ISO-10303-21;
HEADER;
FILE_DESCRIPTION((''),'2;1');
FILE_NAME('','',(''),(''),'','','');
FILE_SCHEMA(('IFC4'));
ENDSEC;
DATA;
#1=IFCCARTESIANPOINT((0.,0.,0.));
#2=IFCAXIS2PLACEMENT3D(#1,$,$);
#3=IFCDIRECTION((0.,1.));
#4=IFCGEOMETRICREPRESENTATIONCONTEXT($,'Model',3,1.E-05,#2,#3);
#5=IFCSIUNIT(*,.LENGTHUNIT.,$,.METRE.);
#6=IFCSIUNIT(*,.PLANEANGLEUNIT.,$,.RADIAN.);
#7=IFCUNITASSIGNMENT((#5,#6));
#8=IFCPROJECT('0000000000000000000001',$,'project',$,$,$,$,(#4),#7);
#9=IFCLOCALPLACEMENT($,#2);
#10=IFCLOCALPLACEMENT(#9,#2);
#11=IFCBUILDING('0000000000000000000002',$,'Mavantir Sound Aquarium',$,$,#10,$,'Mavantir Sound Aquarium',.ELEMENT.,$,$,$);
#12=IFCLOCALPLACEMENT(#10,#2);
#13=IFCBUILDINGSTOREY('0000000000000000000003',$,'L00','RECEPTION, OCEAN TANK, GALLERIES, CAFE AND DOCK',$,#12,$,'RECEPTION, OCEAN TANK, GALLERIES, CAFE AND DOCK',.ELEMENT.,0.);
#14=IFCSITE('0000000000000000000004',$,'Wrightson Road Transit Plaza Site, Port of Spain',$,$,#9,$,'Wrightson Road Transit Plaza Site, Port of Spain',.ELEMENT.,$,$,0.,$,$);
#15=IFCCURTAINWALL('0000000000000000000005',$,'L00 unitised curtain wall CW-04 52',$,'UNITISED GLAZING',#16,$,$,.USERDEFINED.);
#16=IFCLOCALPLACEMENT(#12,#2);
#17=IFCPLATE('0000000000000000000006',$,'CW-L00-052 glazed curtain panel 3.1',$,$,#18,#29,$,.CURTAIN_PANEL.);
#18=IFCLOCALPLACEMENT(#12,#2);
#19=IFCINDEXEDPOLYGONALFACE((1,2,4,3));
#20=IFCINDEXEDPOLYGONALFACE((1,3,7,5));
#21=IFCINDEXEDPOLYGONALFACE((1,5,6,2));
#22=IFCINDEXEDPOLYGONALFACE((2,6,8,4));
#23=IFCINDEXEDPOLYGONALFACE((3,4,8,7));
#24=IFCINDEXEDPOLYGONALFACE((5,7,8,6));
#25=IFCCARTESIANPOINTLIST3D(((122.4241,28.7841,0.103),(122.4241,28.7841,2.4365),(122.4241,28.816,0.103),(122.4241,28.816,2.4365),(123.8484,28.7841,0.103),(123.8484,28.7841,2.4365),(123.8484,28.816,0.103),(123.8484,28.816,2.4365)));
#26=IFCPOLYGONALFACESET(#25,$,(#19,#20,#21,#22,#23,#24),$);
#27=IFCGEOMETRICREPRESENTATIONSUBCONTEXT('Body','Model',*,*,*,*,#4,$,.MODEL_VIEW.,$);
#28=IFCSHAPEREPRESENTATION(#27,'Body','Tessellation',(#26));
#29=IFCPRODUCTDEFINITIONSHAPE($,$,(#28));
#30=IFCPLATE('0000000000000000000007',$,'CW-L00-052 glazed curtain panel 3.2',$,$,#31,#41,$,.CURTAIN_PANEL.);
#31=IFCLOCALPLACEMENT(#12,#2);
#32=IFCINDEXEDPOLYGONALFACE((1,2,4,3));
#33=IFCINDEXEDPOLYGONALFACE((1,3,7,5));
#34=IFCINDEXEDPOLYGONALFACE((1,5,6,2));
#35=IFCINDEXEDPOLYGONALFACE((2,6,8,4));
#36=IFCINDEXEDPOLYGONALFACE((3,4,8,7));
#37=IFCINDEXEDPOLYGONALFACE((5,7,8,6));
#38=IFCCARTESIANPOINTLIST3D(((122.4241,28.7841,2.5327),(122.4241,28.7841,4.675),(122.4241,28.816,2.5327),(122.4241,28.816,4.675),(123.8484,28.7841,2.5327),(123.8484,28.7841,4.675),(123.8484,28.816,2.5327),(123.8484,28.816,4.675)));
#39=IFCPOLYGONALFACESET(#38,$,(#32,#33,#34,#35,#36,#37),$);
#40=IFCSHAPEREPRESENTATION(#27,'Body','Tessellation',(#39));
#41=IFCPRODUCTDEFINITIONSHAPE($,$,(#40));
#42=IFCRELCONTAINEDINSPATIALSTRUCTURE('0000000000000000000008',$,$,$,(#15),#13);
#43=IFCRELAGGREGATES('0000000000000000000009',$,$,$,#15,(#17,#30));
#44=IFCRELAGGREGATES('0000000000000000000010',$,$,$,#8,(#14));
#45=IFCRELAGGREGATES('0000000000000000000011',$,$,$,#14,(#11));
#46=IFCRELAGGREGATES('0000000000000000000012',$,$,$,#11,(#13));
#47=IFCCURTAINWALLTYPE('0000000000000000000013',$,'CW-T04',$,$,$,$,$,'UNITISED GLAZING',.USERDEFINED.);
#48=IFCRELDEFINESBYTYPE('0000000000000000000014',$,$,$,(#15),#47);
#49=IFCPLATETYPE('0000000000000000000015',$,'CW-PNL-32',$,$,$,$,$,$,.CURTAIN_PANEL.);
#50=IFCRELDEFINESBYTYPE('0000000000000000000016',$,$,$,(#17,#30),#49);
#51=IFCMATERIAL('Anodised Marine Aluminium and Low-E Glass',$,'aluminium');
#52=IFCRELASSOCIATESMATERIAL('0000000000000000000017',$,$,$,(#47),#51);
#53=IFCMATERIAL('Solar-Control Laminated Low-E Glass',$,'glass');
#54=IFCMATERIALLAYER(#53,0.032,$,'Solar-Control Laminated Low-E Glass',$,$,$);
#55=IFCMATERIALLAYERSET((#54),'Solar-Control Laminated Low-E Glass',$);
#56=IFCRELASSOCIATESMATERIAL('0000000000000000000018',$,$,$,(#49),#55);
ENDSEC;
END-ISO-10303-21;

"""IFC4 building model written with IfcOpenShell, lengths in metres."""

from ifc_helpers import new_model, si_unit, direction, frame, origin, origin_2d, place, context, subcontext, project, spatial, rectangle, extrude, material, layer, layer_set, type_object, element, aggregate, save


model = new_model("IFC4")

# Units and contexts
model_context = context("Model", 3, precision=1e-05, world=origin(), true_north=direction((0.0, 1.0)))
body_context = subcontext(model_context, "Body", "Model", "MODEL_VIEW")
ifc_project = project(units=[si_unit("LENGTHUNIT", "METRE"), si_unit("PLANEANGLEUNIT", "RADIAN")], contexts=[model_context])

# Site, building, storey
site_placement = place(None, origin())
site = spatial("IfcSite", under=ifc_project, at=site_placement, Name="Wrightson Road Transit Plaza Site, Port of Spain", LongName="Wrightson Road Transit Plaza Site, Port of Spain", CompositionType="ELEMENT", RefElevation=0.0)
building_placement = place(site_placement, origin())
building = spatial("IfcBuilding", under=site, at=building_placement, Name="Mavantir Sound Aquarium", LongName="Mavantir Sound Aquarium", CompositionType="ELEMENT")
storey_placement = place(building_placement, origin())
storey = spatial("IfcBuildingStorey", under=building, at=storey_placement, Name="L00", Description="RECEPTION, OCEAN TANK, GALLERIES, CAFE AND DOCK", LongName="RECEPTION, OCEAN TANK, GALLERIES, CAFE AND DOCK", CompositionType="ELEMENT", Elevation=0.0)

# Shared definitions
ifc_material_1 = material(Name="Anodised Marine Aluminium and Low-E Glass", Category="aluminium")

# Curtain wall
curtain_wall_type_1 = type_object("IfcCurtainWallType", Name="CW-T04", ElementType="UNITISED GLAZING", PredefinedType="USERDEFINED", material=ifc_material_1)
curtain_wall_1_placement = place(storey_placement, origin())
curtain_wall_1 = element("IfcCurtainWall", 1, at=curtain_wall_1_placement, inside=storey, type_object=curtain_wall_type_1, Name="L00 unitised curtain wall CW-04 52", ObjectType="UNITISED GLAZING", PredefinedType="USERDEFINED")

# Plates
ifc_material_2 = material(Name="Solar-Control Laminated Low-E Glass", Category="glass")
ifc_layer_1 = layer(ifc_material_2, 0.032, Name="Solar-Control Laminated Low-E Glass")
ifc_layer_set_1 = layer_set([ifc_layer_1], Name="Solar-Control Laminated Low-E Glass")
plate_type_1 = type_object("IfcPlateType", Name="CW-PNL-32", PredefinedType="CURTAIN_PANEL", material=ifc_layer_set_1)
plate_1_placement = place(storey_placement, frame((123.1362, 28.8, 0.103), z_axis=(0.0, 0.0, 1.0), x_axis=(-1.0, 0.0, 0.0)))
plate_1 = element("IfcPlate", 2, at=plate_1_placement, type_object=plate_type_1, Name="CW-L00-052 glazed curtain panel 3.1", PredefinedType="CURTAIN_PANEL", context=body_context, shape_type="SweptSolid", body=[
    extrude(rectangle(XDim=1.4243, YDim=0.032, at=origin_2d()), origin(), (0.0, 0.0, 1.0), 2.3335),
])
plate_2_placement = place(storey_placement, frame((123.1362, 28.8, 2.5327), z_axis=(0.0, 0.0, 1.0), x_axis=(-1.0, 0.0, 0.0)))
plate_2 = element("IfcPlate", 3, at=plate_2_placement, type_object=plate_type_1, Name="CW-L00-052 glazed curtain panel 3.2", PredefinedType="CURTAIN_PANEL", context=body_context, shape_type="SweptSolid", body=[
    extrude(rectangle(XDim=1.4243, YDim=0.032, at=origin_2d()), origin(), (0.0, 0.0, 1.0), 2.1423),
])
aggregate(curtain_wall_1, [plate_1, plate_2])

save(model, "model.ifc")
